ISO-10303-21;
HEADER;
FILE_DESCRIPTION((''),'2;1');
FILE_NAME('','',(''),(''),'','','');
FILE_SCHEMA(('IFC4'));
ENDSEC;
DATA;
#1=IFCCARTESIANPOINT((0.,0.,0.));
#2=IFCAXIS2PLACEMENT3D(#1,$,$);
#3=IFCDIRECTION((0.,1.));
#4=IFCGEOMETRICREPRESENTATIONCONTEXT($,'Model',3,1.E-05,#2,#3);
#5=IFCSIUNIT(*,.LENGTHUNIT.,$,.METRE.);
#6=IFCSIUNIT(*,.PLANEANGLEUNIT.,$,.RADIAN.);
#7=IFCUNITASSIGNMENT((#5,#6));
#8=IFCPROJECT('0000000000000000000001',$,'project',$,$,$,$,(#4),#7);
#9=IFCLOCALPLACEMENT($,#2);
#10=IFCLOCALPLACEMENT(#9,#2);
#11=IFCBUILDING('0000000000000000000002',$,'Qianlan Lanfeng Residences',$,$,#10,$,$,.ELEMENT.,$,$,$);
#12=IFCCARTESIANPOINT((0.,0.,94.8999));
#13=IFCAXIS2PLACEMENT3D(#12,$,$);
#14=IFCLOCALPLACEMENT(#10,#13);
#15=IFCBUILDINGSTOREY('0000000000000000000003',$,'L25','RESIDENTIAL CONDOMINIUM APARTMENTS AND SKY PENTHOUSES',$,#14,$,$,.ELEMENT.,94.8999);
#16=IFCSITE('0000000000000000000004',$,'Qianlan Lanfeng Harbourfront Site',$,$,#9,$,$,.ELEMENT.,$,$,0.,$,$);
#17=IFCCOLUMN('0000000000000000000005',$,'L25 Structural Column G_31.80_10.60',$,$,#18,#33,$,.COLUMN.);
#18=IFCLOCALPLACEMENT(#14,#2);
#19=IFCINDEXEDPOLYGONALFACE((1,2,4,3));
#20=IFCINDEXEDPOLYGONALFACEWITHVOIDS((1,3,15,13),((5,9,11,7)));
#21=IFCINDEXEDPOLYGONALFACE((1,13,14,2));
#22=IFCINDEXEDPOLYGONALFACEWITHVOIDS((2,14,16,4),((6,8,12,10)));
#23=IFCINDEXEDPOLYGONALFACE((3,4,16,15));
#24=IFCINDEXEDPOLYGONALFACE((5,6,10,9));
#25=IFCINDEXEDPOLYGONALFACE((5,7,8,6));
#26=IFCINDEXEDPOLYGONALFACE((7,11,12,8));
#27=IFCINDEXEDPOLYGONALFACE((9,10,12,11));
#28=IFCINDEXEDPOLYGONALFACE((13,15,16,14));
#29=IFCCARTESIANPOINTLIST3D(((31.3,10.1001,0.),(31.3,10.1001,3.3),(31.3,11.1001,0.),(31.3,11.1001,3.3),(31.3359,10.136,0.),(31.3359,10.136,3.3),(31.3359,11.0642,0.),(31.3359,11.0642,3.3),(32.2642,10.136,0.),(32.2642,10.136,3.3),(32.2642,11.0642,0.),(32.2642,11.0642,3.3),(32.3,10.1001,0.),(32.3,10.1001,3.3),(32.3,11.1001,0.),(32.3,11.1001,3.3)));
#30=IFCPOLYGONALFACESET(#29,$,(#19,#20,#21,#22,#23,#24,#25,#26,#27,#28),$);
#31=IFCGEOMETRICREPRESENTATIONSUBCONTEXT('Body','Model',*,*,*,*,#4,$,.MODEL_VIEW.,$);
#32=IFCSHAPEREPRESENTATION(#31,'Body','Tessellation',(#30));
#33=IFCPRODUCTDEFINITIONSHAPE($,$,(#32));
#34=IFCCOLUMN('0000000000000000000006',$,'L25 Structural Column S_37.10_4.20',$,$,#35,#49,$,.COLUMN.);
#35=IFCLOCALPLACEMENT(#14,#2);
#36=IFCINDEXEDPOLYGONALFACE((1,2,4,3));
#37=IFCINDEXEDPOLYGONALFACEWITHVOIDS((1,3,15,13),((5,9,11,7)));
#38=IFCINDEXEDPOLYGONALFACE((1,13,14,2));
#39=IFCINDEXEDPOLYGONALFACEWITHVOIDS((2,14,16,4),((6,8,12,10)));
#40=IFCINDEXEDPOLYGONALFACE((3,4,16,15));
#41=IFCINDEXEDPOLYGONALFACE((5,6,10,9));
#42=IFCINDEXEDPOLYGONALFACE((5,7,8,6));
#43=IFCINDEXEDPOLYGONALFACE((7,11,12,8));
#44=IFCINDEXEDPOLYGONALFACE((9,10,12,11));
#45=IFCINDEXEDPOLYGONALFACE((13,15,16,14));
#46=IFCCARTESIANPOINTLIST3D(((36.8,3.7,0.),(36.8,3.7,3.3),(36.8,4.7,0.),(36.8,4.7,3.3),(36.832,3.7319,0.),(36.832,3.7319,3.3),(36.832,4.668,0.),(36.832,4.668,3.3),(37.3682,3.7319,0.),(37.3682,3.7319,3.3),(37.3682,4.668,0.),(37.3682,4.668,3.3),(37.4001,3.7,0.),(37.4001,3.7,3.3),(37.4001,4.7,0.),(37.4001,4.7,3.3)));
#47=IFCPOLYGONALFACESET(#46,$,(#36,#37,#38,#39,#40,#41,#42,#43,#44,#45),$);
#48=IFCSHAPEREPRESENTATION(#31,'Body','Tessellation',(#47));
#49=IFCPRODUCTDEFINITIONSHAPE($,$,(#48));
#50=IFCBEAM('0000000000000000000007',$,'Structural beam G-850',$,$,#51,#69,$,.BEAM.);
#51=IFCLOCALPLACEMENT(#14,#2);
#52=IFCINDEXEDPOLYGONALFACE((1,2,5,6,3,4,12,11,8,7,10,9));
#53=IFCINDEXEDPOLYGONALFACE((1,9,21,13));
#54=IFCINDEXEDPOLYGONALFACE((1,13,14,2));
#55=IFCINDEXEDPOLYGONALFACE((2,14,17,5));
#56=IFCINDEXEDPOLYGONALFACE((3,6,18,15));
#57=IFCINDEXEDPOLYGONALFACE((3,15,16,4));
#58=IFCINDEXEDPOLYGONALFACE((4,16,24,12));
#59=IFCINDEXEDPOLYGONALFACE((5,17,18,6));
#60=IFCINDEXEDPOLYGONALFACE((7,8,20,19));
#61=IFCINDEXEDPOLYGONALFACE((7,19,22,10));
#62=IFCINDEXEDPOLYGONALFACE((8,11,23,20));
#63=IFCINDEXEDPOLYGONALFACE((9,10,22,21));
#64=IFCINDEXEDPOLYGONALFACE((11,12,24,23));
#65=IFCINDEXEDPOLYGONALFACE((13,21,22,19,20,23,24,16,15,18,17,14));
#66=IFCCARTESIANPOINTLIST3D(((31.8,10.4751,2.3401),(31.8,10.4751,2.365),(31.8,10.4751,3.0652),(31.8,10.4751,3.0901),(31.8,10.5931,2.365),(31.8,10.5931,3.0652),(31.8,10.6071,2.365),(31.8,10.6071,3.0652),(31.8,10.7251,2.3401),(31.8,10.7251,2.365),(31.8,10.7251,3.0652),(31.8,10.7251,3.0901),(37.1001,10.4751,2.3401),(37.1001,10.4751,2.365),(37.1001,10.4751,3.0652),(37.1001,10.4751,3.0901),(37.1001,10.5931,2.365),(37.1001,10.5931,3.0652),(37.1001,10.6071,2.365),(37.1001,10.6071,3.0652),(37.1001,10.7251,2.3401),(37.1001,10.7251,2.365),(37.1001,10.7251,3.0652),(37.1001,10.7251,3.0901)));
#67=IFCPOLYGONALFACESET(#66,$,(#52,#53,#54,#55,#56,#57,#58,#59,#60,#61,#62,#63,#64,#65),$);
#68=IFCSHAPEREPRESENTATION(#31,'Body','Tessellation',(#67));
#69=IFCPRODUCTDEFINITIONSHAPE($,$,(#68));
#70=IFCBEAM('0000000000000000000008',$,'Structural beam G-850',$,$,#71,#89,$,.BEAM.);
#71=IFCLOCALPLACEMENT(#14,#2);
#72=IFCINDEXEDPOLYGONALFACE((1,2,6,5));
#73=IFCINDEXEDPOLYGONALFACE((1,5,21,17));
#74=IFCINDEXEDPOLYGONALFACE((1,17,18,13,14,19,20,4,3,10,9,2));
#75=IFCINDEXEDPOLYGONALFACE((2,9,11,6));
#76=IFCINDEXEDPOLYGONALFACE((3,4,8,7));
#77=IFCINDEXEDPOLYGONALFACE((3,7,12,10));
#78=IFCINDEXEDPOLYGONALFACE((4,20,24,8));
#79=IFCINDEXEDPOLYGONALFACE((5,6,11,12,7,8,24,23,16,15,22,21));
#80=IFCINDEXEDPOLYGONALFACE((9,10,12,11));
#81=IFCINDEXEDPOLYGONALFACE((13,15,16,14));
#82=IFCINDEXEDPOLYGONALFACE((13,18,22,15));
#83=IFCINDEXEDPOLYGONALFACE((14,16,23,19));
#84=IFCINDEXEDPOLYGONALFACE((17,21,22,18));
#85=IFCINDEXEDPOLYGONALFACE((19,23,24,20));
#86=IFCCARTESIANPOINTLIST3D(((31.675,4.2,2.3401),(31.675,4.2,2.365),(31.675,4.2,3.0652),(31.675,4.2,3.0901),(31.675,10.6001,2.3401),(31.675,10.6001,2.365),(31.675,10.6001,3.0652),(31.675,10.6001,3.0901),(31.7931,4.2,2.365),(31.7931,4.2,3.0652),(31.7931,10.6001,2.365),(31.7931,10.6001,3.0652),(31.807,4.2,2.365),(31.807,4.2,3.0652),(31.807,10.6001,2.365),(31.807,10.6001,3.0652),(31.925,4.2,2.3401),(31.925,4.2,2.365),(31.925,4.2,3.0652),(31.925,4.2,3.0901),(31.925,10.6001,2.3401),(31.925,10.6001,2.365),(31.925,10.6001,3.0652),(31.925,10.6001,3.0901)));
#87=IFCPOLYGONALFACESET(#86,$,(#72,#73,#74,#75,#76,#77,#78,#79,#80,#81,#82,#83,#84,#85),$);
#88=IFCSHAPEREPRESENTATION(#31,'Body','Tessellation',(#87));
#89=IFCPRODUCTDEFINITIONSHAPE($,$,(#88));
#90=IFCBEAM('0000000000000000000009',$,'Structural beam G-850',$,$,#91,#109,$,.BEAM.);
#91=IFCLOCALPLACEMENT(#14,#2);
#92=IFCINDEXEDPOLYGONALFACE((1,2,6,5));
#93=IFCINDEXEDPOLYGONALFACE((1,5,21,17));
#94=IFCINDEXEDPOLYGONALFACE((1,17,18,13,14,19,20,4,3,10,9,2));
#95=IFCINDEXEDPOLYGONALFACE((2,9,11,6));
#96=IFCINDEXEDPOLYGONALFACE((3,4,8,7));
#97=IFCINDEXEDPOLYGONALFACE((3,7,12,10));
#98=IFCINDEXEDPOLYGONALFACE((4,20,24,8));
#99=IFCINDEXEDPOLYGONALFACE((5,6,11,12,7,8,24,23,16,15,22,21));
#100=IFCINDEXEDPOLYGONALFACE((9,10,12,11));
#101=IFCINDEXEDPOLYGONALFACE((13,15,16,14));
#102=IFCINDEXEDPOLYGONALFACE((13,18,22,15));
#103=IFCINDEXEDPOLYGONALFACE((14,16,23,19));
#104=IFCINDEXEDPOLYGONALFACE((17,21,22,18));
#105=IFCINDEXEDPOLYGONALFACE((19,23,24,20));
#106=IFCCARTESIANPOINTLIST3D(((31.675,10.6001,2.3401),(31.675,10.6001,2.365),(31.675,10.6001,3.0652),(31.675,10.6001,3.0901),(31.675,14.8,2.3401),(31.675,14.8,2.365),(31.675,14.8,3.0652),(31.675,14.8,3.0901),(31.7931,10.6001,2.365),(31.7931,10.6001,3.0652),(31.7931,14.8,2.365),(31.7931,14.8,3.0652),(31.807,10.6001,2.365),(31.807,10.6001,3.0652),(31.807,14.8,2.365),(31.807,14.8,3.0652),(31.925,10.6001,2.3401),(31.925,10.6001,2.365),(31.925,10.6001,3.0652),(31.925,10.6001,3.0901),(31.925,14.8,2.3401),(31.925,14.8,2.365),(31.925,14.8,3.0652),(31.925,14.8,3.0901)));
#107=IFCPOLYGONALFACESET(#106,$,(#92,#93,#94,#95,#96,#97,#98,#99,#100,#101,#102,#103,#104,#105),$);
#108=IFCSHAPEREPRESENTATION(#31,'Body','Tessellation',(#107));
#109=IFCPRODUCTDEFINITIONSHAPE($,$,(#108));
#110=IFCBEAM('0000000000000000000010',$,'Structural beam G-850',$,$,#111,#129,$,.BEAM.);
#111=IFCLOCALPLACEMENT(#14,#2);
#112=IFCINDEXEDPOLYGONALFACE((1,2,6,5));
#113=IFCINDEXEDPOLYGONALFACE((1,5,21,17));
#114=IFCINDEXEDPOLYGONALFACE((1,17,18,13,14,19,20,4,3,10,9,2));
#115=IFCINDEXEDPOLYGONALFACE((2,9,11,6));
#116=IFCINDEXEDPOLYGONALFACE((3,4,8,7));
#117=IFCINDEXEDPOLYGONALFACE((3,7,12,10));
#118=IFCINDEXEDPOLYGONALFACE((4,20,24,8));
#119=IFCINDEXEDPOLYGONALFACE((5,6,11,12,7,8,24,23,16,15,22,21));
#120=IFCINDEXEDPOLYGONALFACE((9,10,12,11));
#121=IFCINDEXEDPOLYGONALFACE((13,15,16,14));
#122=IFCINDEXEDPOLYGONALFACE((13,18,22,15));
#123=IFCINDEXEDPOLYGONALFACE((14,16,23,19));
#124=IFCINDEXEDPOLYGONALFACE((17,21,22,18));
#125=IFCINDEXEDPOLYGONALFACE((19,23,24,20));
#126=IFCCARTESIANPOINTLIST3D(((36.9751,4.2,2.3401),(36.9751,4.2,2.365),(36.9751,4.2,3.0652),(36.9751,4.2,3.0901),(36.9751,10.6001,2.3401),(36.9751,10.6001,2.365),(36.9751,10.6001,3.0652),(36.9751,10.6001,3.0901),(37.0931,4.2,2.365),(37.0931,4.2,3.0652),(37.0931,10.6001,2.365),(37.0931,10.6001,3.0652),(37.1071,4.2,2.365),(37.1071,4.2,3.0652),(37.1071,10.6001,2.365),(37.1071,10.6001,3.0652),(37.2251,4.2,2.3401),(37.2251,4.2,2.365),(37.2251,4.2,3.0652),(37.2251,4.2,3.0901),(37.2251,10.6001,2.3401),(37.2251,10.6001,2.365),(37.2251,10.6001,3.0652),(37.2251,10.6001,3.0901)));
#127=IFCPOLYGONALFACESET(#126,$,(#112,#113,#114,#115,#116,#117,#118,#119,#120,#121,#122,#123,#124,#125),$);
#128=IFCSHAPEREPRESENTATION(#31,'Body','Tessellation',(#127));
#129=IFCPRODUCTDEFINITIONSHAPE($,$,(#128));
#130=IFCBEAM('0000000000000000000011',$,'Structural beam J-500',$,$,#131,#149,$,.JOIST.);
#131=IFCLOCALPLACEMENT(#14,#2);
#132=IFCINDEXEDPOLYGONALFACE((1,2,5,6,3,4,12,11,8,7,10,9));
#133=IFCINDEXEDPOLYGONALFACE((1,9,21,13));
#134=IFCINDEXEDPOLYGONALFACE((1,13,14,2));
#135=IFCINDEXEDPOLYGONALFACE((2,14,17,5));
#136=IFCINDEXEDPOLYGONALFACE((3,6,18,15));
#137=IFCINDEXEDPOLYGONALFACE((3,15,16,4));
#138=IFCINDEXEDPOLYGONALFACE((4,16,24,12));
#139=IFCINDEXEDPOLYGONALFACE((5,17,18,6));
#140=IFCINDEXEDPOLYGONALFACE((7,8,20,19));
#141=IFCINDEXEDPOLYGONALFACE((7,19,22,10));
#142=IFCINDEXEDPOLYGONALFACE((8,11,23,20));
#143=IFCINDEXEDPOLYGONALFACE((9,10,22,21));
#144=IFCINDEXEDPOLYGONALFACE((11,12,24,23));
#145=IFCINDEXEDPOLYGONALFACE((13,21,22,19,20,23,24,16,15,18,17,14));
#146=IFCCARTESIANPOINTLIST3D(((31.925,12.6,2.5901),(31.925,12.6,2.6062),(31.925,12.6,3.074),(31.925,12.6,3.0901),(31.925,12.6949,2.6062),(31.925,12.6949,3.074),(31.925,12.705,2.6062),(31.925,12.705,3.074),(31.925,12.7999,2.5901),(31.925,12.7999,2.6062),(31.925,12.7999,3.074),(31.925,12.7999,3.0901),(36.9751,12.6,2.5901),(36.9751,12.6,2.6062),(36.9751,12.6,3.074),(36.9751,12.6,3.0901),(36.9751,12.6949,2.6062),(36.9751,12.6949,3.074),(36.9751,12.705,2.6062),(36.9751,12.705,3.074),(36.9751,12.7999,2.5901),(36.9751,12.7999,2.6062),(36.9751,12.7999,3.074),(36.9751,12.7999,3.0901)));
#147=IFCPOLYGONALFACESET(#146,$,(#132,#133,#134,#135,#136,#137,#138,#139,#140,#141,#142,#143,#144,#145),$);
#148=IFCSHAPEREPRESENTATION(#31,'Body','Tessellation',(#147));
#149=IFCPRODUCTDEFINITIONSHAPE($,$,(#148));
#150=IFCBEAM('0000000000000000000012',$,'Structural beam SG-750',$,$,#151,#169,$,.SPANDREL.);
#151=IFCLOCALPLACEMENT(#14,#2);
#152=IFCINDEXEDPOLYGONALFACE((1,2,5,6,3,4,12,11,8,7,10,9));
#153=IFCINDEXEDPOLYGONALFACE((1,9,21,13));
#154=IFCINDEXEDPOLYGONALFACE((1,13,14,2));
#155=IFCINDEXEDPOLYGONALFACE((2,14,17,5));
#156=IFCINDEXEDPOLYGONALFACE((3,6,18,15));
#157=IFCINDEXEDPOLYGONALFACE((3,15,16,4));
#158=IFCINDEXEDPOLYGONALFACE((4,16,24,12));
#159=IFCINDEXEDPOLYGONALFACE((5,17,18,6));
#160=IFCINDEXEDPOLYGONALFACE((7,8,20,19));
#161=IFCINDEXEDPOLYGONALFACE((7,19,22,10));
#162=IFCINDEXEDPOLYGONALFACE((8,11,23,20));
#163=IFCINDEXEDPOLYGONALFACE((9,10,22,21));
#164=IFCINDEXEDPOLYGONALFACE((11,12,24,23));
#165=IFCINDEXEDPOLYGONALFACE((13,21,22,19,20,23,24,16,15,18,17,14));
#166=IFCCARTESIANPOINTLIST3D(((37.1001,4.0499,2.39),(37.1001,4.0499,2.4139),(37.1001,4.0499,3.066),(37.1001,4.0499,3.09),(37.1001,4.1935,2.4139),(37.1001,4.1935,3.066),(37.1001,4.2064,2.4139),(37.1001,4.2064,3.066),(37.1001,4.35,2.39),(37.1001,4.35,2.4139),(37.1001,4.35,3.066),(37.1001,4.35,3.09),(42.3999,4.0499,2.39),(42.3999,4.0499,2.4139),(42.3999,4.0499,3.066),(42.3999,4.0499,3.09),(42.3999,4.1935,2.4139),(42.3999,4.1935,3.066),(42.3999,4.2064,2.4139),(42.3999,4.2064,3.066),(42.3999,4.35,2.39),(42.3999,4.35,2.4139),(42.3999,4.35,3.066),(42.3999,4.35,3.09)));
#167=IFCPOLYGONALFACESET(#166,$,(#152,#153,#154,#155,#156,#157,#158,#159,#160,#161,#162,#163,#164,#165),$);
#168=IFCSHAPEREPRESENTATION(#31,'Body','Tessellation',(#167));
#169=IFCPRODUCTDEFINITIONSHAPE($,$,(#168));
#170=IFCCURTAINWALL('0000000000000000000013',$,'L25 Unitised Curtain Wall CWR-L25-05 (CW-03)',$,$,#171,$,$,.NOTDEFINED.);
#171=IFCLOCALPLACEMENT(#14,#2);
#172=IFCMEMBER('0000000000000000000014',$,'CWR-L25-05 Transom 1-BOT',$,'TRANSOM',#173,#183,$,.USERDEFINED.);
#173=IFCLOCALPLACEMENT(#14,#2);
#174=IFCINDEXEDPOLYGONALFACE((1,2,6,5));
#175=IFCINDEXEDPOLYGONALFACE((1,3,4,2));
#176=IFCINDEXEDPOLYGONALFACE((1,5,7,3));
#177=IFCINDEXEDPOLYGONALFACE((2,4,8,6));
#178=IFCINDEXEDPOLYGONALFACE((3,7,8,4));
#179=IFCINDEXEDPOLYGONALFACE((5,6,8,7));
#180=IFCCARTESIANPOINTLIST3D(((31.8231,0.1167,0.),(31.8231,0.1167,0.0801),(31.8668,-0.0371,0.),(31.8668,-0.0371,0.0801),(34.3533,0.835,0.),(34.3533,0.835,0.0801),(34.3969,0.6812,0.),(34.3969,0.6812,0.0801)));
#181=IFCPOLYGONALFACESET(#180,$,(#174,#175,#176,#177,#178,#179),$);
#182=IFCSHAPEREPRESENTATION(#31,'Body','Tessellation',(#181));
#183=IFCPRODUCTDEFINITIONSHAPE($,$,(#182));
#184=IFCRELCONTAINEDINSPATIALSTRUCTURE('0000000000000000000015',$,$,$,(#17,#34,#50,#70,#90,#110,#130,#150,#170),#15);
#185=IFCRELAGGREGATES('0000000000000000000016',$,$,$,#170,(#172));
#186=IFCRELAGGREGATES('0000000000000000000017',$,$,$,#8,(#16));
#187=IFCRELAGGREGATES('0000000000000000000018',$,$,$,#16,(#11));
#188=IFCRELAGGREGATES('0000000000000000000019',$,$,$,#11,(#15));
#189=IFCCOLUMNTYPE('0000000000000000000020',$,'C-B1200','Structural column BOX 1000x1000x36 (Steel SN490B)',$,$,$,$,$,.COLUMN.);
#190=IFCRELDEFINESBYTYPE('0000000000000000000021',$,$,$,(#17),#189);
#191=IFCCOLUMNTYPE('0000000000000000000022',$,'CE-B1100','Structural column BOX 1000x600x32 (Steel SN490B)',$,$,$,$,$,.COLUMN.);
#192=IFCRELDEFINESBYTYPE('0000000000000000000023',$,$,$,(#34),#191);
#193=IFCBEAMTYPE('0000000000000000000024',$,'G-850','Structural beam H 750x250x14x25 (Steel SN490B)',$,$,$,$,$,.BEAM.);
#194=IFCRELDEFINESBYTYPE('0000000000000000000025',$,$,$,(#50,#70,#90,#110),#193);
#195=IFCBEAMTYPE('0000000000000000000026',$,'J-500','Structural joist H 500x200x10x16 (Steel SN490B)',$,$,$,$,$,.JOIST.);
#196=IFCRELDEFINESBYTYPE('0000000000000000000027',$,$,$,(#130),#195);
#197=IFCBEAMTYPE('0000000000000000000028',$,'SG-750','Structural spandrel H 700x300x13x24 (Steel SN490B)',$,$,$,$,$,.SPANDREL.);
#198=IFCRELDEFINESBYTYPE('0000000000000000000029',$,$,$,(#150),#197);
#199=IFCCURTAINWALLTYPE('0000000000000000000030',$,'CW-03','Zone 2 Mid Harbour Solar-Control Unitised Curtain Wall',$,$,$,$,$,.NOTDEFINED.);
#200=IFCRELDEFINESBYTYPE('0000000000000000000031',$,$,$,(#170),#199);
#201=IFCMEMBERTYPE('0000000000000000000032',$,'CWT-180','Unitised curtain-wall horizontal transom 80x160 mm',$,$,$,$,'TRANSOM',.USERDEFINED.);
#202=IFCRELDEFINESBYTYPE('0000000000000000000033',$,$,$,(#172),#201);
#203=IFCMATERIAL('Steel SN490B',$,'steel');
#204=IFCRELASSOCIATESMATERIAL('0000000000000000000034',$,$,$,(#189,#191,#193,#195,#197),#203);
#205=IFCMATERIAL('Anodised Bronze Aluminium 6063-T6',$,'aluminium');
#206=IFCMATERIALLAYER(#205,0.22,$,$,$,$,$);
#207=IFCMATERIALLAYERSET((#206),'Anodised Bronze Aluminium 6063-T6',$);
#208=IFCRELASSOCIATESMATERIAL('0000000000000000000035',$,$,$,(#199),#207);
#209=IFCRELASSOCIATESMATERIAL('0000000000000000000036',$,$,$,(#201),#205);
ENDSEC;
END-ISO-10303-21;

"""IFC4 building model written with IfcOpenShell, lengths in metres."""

from ifc_helpers import new_model, si_unit, direction, frame, origin, origin_2d, place, context, subcontext, project, spatial, rectangle, hollow_rectangle, i_section, extrude, source, transform, mapped, material, layer, layer_set, material_profile, profile_set, type_object, element, aggregate, save


model = new_model("IFC4")

# Units and contexts
model_context = context("Model", 3, precision=1e-05, world=origin(), true_north=direction((0.0, 1.0)))
body_context = subcontext(model_context, "Body", "Model", "MODEL_VIEW")
ifc_project = project(units=[si_unit("LENGTHUNIT", "METRE"), si_unit("PLANEANGLEUNIT", "RADIAN")], contexts=[model_context])

# Site, building, storey
site_placement = place(None, origin())
site = spatial("IfcSite", under=ifc_project, at=site_placement, Name="Qianlan Lanfeng Harbourfront Site", CompositionType="ELEMENT", RefElevation=0.0)
building_placement = place(site_placement, origin())
building = spatial("IfcBuilding", under=site, at=building_placement, Name="Qianlan Lanfeng Residences", CompositionType="ELEMENT")
storey_placement = place(building_placement, frame((0.0, 0.0, 94.8999)))
storey = spatial("IfcBuildingStorey", under=building, at=storey_placement, Name="L25", Description="RESIDENTIAL CONDOMINIUM APARTMENTS AND SKY PENTHOUSES", CompositionType="ELEMENT", Elevation=94.8999)

# Columns
ifc_material_1 = material(Name="Steel SN490B", Category="steel")
ifc_material_profile_1 = material_profile(ifc_material_1, hollow_rectangle(XDim=1.0, YDim=1.0, WallThickness=0.0359, at=origin_2d()), Name="BOX 1000x1000x36")
ifc_profile_set_1 = profile_set([ifc_material_profile_1], Name="Steel SN490B")
column_type_1 = type_object("IfcColumnType", Name="C-B1200", Description="Structural column BOX 1000x1000x36 (Steel SN490B)", PredefinedType="COLUMN", material=ifc_profile_set_1)
column_1_placement = place(storey_placement, frame((31.8, 10.6001, 0.0), z_axis=(0.0, 0.0, 1.0), x_axis=(1.0, 0.0, 0.0)))
element("IfcColumn", 1, at=column_1_placement, inside=storey, type_object=column_type_1, Name="L25 Structural Column G_31.80_10.60", PredefinedType="COLUMN", context=body_context, shape_type="SweptSolid", body=[
    extrude(hollow_rectangle(XDim=1.0, YDim=1.0, WallThickness=0.0359, at=origin_2d()), origin(), (0.0, 0.0, 1.0), 3.3),
])
ifc_material_profile_2 = material_profile(ifc_material_1, hollow_rectangle(XDim=0.6001, YDim=1.0, WallThickness=0.032, at=origin_2d()), Name="BOX 1000x600x32")
ifc_profile_set_2 = profile_set([ifc_material_profile_2], Name="Steel SN490B")
column_type_2 = type_object("IfcColumnType", Name="CE-B1100", Description="Structural column BOX 1000x600x32 (Steel SN490B)", PredefinedType="COLUMN", material=ifc_profile_set_2)
column_2_placement = place(storey_placement, frame((37.1001, 4.2, 0.0), z_axis=(0.0, 0.0, 1.0), x_axis=(1.0, 0.0, 0.0)))
element("IfcColumn", 2, at=column_2_placement, inside=storey, type_object=column_type_2, Name="L25 Structural Column S_37.10_4.20", PredefinedType="COLUMN", context=body_context, shape_type="SweptSolid", body=[
    extrude(hollow_rectangle(XDim=0.6001, YDim=1.0, WallThickness=0.032, at=origin_2d()), origin(), (0.0, 0.0, 1.0), 3.3),
])

# Beams
ifc_material_profile_3 = material_profile(ifc_material_1, i_section(OverallWidth=0.25, OverallDepth=0.75, WebThickness=0.0139, FlangeThickness=0.0249, at=origin_2d()), Name="H 750x250x14x25")
ifc_profile_set_3 = profile_set([ifc_material_profile_3], Name="Steel SN490B")
beam_type_1 = type_object("IfcBeamType", Name="G-850", Description="Structural beam H 750x250x14x25 (Steel SN490B)", PredefinedType="BEAM", material=ifc_profile_set_3)
beam_1_placement = place(storey_placement, frame((31.8, 10.6001, 2.7151), z_axis=(1.0, 0.0, 0.0), x_axis=(0.0, 1.0, 0.0)))
element("IfcBeam", 3, at=beam_1_placement, inside=storey, type_object=beam_type_1, Name="Structural beam G-850", PredefinedType="BEAM", context=body_context, shape_type="SweptSolid", body=[
    extrude(i_section(OverallWidth=0.25, OverallDepth=0.75, WebThickness=0.0139, FlangeThickness=0.0249, at=origin_2d()), origin(), (0.0, 0.0, 1.0), 5.3),
])
beam_2_placement = place(storey_placement, frame((31.8, 4.2, 2.7151), z_axis=(0.0, 1.0, 0.0), x_axis=(-1.0, 0.0, 0.0)))
element("IfcBeam", 4, at=beam_2_placement, inside=storey, type_object=beam_type_1, Name="Structural beam G-850", PredefinedType="BEAM", context=body_context, shape_type="SweptSolid", body=[
    extrude(i_section(OverallWidth=0.25, OverallDepth=0.75, WebThickness=0.0139, FlangeThickness=0.0249, at=origin_2d()), origin(), (0.0, 0.0, 1.0), 6.4001),
])
beam_3_placement = place(storey_placement, frame((31.8, 10.6001, 2.7151), z_axis=(0.0, 1.0, 0.0), x_axis=(-1.0, 0.0, 0.0)))
element("IfcBeam", 5, at=beam_3_placement, inside=storey, type_object=beam_type_1, Name="Structural beam G-850", PredefinedType="BEAM", context=body_context, shape_type="SweptSolid", body=[
    extrude(i_section(OverallWidth=0.25, OverallDepth=0.75, WebThickness=0.0139, FlangeThickness=0.0249, at=origin_2d()), origin(), (0.0, 0.0, 1.0), 4.2),
])
beam_4_placement = place(storey_placement, frame((37.1001, 4.2, 2.7151), z_axis=(0.0, 1.0, 0.0), x_axis=(-1.0, 0.0, 0.0)))
element("IfcBeam", 6, at=beam_4_placement, inside=storey, type_object=beam_type_1, Name="Structural beam G-850", PredefinedType="BEAM", context=body_context, shape_type="SweptSolid", body=[
    extrude(i_section(OverallWidth=0.25, OverallDepth=0.75, WebThickness=0.0139, FlangeThickness=0.0249, at=origin_2d()), origin(), (0.0, 0.0, 1.0), 6.4001),
])
ifc_material_profile_4 = material_profile(ifc_material_1, i_section(OverallWidth=0.2, OverallDepth=0.5, WebThickness=0.01, FlangeThickness=0.0161, at=origin_2d()), Name="H 500x200x10x16")
ifc_profile_set_4 = profile_set([ifc_material_profile_4], Name="Steel SN490B")
beam_type_2 = type_object("IfcBeamType", Name="J-500", Description="Structural joist H 500x200x10x16 (Steel SN490B)", PredefinedType="JOIST", material=ifc_profile_set_4)
beam_5_placement = place(storey_placement, frame((31.925, 12.7, 2.8401), z_axis=(1.0, 0.0, 0.0), x_axis=(0.0, 1.0, 0.0)))
element("IfcBeam", 7, at=beam_5_placement, inside=storey, type_object=beam_type_2, Name="Structural beam J-500", PredefinedType="JOIST", context=body_context, shape_type="SweptSolid", body=[
    extrude(i_section(OverallWidth=0.2, OverallDepth=0.5, WebThickness=0.01, FlangeThickness=0.0161, at=origin_2d()), origin(), (0.0, 0.0, 1.0), 5.05),
])
ifc_material_profile_5 = material_profile(ifc_material_1, i_section(OverallWidth=0.3, OverallDepth=0.7, WebThickness=0.0129, FlangeThickness=0.0239, at=origin_2d()), Name="H 700x300x13x24")
ifc_profile_set_5 = profile_set([ifc_material_profile_5], Name="Steel SN490B")
beam_type_3 = type_object("IfcBeamType", Name="SG-750", Description="Structural spandrel H 700x300x13x24 (Steel SN490B)", PredefinedType="SPANDREL", material=ifc_profile_set_5)
beam_6_placement = place(storey_placement, frame((37.1001, 4.2, 2.74), z_axis=(1.0, 0.0, 0.0), x_axis=(0.0, 1.0, 0.0)))
element("IfcBeam", 8, at=beam_6_placement, inside=storey, type_object=beam_type_3, Name="Structural beam SG-750", PredefinedType="SPANDREL", context=body_context, shape_type="SweptSolid", body=[
    extrude(i_section(OverallWidth=0.3, OverallDepth=0.7, WebThickness=0.0129, FlangeThickness=0.0239, at=origin_2d()), origin(), (0.0, 0.0, 1.0), 5.2998),
])

# Curtain wall, member
ifc_material_2 = material(Name="Anodised Bronze Aluminium 6063-T6", Category="aluminium")
ifc_layer_1 = layer(ifc_material_2, 0.22)
ifc_layer_set_1 = layer_set([ifc_layer_1], Name="Anodised Bronze Aluminium 6063-T6")
curtain_wall_type = type_object("IfcCurtainWallType", Name="CW-03", Description="Zone 2 Mid Harbour Solar-Control Unitised Curtain Wall", PredefinedType="NOTDEFINED", material=ifc_layer_set_1)
curtain_wall_placement = place(storey_placement, origin())
curtain_wall = element("IfcCurtainWall", 9, at=curtain_wall_placement, inside=storey, type_object=curtain_wall_type, Name="L25 Unitised Curtain Wall CWR-L25-05 (CW-03)", PredefinedType="NOTDEFINED")
ifc_material_profile_6 = material_profile(ifc_material_2, rectangle(XDim=0.0801, YDim=0.1599, at=origin_2d()), Name="ALU TRANSOM 80x160")
ifc_profile_set_6 = profile_set([ifc_material_profile_6], Name="Anodised Bronze Aluminium 6063-T6")
member_type_1 = type_object("IfcMemberType", Name="CWT-180", Description="Unitised curtain-wall horizontal transom 80x160 mm", ElementType="TRANSOM", PredefinedType="USERDEFINED", material=ifc_profile_set_6)
shared_shape_1 = source(origin(), body_context, "Body", "SweptSolid", [
    extrude(rectangle(XDim=0.0801, YDim=0.1599, at=origin_2d()), origin(), (0.0, 0.0, 1.0), 2.6301),
])
member_1_placement = place(storey_placement, frame((31.845, 0.0398, 0.04), z_axis=(0.961985, 0.273102, 0.0), x_axis=(0.0, 0.0, 1.0)))
member_1 = element("IfcMember", 10, at=member_1_placement, type_object=member_type_1, Name="CWR-L25-05 Transom 1-BOT", ObjectType="TRANSOM", PredefinedType="USERDEFINED", context=body_context, shape_type="MappedRepresentation", body=[
    mapped(shared_shape_1, transform((0.0, 0.0, 0.0), scale=1.0)),
])
aggregate(curtain_wall, [member_1])

save(model, "model.ifc")
